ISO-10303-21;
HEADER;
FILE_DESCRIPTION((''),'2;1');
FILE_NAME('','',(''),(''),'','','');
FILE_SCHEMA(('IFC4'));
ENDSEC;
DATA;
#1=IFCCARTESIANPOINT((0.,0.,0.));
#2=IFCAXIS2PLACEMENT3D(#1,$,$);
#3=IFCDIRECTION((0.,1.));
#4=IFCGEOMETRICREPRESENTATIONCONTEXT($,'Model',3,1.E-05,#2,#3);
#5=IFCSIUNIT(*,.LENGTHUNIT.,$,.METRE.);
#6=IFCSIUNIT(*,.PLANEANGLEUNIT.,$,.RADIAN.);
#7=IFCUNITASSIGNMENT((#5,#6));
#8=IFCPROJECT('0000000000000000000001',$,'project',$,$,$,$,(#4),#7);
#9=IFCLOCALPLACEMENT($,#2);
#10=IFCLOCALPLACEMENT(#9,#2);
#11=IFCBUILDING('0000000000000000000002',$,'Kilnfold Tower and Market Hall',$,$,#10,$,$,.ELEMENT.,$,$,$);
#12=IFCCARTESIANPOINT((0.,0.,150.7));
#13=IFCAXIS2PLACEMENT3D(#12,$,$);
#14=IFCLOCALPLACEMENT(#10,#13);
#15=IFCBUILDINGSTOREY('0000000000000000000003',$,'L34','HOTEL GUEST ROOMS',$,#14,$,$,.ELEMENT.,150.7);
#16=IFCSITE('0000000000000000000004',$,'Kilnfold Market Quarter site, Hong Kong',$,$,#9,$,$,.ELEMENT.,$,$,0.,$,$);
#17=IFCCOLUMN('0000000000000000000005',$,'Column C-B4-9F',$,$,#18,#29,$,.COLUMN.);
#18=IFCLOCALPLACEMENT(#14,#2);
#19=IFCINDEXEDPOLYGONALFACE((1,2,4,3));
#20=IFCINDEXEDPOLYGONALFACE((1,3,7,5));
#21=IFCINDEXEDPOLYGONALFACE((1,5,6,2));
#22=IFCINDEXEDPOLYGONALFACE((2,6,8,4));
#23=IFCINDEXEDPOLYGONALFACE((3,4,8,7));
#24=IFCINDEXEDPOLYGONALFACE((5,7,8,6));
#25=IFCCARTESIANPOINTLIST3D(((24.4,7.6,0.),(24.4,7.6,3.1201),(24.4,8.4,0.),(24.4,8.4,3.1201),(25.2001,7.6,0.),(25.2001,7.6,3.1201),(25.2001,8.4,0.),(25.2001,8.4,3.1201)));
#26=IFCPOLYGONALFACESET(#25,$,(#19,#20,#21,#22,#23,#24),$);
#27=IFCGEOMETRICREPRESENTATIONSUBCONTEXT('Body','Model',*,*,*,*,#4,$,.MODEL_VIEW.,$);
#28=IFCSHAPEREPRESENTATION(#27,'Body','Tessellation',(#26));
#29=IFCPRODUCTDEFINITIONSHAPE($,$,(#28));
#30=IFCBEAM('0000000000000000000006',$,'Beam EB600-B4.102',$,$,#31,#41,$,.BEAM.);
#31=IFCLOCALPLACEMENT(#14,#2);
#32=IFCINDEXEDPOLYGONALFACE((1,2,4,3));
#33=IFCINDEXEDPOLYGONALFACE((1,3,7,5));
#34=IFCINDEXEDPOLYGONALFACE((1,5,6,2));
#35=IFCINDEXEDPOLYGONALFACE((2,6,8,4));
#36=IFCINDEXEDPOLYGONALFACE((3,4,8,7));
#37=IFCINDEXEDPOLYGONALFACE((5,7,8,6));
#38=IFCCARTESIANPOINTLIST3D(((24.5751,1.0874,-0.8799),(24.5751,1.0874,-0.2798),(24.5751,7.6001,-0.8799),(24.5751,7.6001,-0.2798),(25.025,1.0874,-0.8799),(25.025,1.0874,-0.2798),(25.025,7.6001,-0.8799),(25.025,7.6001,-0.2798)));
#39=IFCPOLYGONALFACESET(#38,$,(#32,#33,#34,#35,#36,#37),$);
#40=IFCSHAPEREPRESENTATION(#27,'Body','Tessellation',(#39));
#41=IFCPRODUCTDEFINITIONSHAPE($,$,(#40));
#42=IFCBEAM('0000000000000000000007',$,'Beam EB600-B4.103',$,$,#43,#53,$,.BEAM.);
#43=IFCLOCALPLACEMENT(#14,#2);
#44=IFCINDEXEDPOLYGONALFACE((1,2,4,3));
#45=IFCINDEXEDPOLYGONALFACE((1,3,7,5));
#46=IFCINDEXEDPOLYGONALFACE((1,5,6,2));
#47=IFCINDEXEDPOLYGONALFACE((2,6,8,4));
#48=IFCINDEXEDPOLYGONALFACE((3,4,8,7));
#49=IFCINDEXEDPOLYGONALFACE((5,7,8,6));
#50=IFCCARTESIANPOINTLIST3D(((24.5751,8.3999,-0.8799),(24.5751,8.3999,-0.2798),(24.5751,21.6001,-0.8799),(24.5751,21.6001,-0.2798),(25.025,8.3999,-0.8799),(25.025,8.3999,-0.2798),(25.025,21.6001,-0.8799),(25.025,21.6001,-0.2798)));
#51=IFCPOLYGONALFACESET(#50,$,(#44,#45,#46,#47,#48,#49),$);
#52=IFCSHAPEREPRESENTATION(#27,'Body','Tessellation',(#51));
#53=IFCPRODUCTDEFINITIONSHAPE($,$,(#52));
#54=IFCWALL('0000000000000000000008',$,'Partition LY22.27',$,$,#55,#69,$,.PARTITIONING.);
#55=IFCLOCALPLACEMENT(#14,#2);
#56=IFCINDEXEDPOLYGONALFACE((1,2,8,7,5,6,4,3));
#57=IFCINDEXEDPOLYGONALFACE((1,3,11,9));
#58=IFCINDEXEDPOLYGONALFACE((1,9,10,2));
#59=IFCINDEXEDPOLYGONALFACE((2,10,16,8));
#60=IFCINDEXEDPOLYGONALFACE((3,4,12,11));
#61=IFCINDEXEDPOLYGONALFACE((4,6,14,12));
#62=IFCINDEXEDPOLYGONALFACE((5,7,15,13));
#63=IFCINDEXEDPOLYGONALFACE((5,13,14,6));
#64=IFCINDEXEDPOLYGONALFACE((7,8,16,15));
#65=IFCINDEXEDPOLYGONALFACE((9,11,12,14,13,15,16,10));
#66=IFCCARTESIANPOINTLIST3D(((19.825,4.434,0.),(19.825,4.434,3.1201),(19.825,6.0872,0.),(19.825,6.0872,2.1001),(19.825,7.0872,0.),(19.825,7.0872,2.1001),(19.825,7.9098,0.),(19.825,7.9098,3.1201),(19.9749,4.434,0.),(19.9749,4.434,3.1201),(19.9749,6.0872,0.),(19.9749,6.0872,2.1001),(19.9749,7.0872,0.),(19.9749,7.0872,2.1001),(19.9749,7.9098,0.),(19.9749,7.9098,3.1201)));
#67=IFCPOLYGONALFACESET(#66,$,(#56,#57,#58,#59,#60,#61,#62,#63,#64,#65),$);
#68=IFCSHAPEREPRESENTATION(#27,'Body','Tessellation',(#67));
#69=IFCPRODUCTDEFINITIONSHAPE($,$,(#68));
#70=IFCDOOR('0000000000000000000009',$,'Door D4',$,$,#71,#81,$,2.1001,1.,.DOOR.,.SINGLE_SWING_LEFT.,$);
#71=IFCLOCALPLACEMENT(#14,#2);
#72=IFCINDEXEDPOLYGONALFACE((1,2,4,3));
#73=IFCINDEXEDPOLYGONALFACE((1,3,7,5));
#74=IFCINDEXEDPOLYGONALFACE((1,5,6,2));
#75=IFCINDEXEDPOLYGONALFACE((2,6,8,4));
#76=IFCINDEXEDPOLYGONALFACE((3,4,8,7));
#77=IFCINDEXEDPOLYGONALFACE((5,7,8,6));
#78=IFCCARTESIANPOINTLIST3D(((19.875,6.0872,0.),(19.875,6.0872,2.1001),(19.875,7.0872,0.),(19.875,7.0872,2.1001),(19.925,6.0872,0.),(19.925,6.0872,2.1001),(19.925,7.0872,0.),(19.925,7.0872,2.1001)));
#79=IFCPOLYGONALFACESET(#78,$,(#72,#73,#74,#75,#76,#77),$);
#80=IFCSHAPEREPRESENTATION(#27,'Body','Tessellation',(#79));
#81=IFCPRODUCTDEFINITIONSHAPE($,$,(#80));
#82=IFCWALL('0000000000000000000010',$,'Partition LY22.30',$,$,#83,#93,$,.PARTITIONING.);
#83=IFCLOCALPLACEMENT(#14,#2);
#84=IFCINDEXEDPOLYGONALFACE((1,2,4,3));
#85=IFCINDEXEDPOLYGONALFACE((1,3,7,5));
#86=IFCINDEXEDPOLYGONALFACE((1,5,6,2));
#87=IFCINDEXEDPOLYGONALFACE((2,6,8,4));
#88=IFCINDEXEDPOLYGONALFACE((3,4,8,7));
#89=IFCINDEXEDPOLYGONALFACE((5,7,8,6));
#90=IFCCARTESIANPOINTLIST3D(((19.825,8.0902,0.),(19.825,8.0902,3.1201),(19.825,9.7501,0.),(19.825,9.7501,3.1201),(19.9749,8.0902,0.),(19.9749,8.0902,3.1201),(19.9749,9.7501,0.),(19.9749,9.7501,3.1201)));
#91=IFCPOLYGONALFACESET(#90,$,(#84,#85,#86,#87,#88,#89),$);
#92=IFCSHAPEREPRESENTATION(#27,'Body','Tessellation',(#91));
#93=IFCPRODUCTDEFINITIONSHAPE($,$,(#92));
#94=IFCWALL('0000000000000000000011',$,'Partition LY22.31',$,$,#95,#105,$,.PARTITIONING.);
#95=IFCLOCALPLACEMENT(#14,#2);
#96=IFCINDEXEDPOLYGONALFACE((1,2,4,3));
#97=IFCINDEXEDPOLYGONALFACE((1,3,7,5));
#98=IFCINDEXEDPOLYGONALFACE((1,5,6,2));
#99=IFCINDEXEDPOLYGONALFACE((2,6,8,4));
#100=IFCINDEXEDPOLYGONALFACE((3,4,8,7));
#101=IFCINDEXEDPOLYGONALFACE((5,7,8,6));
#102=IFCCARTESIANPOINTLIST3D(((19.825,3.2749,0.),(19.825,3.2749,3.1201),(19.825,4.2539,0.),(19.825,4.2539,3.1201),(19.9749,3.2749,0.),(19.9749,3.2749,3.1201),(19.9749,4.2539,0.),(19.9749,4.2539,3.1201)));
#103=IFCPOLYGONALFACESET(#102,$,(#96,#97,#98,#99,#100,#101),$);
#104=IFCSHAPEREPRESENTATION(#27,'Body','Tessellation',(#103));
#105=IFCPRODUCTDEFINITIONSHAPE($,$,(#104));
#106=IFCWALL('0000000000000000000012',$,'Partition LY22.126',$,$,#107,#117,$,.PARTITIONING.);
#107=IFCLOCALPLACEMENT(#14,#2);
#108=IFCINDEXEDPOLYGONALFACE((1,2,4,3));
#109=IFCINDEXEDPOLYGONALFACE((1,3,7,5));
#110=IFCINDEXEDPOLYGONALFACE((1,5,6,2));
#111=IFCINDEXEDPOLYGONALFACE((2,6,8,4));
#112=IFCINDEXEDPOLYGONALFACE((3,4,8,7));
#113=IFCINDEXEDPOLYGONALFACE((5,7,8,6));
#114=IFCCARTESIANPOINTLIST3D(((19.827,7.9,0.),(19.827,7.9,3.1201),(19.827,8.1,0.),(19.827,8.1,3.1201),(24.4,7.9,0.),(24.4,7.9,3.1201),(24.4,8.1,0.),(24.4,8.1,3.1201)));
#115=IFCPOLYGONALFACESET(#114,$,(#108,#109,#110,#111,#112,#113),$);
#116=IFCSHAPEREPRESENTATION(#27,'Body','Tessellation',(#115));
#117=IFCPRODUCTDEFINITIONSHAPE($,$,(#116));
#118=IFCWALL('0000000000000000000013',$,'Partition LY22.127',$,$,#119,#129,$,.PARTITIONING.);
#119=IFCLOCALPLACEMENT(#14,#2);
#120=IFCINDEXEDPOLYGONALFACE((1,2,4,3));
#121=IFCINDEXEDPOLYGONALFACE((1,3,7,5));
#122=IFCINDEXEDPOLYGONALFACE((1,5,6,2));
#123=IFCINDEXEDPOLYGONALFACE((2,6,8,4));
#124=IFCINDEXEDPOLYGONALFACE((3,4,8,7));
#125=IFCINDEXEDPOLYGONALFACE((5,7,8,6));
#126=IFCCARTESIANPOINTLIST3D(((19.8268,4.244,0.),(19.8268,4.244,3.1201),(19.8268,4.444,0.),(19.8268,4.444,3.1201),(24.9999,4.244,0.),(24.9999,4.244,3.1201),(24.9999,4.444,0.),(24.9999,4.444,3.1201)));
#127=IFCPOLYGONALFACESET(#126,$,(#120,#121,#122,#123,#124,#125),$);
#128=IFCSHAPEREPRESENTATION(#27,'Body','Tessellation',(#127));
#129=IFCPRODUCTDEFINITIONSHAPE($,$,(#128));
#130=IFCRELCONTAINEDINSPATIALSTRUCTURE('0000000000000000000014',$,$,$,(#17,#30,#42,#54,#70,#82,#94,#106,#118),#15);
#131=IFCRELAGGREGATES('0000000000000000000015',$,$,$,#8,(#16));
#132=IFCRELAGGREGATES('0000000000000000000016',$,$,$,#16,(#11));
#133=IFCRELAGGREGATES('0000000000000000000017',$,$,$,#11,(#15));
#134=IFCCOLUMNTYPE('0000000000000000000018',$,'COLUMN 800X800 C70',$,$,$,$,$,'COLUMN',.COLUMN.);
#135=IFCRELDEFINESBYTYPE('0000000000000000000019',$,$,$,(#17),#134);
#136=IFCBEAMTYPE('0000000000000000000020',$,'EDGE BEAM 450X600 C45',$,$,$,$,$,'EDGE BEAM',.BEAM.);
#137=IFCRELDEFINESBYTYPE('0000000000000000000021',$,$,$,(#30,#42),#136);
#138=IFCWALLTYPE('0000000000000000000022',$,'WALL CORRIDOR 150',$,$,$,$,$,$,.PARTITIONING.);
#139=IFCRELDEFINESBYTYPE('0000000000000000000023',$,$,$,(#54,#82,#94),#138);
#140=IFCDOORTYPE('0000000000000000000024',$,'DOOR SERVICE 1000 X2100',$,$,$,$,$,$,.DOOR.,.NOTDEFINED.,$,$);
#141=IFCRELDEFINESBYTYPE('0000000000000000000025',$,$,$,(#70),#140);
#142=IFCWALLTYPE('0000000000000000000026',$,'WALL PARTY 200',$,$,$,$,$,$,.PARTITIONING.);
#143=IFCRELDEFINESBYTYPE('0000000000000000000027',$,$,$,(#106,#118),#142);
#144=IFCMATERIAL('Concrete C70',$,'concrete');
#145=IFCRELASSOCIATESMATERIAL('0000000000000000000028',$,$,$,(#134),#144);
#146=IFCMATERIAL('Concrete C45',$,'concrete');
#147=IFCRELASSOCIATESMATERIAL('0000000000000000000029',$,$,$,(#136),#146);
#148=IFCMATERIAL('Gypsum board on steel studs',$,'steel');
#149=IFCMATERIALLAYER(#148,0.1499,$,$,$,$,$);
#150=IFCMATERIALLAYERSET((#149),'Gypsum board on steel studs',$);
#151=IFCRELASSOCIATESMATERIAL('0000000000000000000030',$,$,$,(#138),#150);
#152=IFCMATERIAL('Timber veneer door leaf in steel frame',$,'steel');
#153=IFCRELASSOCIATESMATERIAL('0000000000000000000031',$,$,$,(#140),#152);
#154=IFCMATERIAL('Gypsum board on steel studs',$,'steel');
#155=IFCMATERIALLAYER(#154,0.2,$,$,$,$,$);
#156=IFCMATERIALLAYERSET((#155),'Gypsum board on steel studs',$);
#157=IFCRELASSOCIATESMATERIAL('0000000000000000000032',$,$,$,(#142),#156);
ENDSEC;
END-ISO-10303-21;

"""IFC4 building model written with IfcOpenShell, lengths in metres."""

from ifc_helpers import new_model, si_unit, direction, frame, frame_2d, origin, origin_2d, place, context, subcontext, project, spatial, rectangle, extrude, source, transform, mapped, material, layer, layer_set, material_profile, profile_set, type_object, element, fill, save


model = new_model("IFC4")

# Units and contexts
model_context = context("Model", 3, precision=1e-05, world=origin(), true_north=direction((0.0, 1.0)))
body_context = subcontext(model_context, "Body", "Model", "MODEL_VIEW")
ifc_project = project(units=[si_unit("LENGTHUNIT", "METRE"), si_unit("PLANEANGLEUNIT", "RADIAN")], contexts=[model_context])

# Site, building, storey
site_placement = place(None, origin())
site = spatial("IfcSite", under=ifc_project, at=site_placement, Name="Kilnfold Market Quarter site, Hong Kong", CompositionType="ELEMENT", RefElevation=0.0)
building_placement = place(site_placement, origin())
building = spatial("IfcBuilding", under=site, at=building_placement, Name="Kilnfold Tower and Market Hall", CompositionType="ELEMENT")
storey_placement = place(building_placement, frame((0.0, 0.0, 150.7)))
storey = spatial("IfcBuildingStorey", under=building, at=storey_placement, Name="L34", Description="HOTEL GUEST ROOMS", CompositionType="ELEMENT", Elevation=150.7)

# Column
ifc_material_1 = material(Name="Concrete C70", Category="concrete")
ifc_material_profile_1 = material_profile(ifc_material_1, rectangle(XDim=0.8, YDim=0.8, at=origin_2d()), Name="RC 800x800")
ifc_profile_set_1 = profile_set([ifc_material_profile_1], Name="Concrete C70")
column_type = type_object("IfcColumnType", Name="COLUMN 800X800 C70", ElementType="COLUMN", PredefinedType="COLUMN", material=ifc_profile_set_1)
shared_shape_1 = source(origin(), body_context, "Body", "SweptSolid", [
    extrude(rectangle(XDim=0.8, YDim=0.8, at=origin_2d()), origin(), (0.0, 0.0, 1.0), 3.1201),
])
column_placement = place(storey_placement, frame((24.8, 8.0, 0.0), z_axis=(0.0, 0.0, 1.0), x_axis=(1.0, 0.0, 0.0)))
element("IfcColumn", 1, at=column_placement, inside=storey, type_object=column_type, Name="Column C-B4-9F", PredefinedType="COLUMN", context=body_context, shape_type="MappedRepresentation", body=[
    mapped(shared_shape_1, transform((0.0, 0.0, 0.0))),
])

# Beams
ifc_material_2 = material(Name="Concrete C45", Category="concrete")
ifc_material_profile_2 = material_profile(ifc_material_2, rectangle(XDim=0.45, YDim=0.6001, at=origin_2d()), Name="RC 450x600")
ifc_profile_set_2 = profile_set([ifc_material_profile_2], Name="Concrete C45")
beam_type = type_object("IfcBeamType", Name="EDGE BEAM 450X600 C45", ElementType="EDGE BEAM", PredefinedType="BEAM", material=ifc_profile_set_2)
shared_shape_2 = source(origin(), body_context, "Body", "SweptSolid", [
    extrude(rectangle(XDim=0.45, YDim=0.6001, at=origin_2d()), origin(), (0.0, 0.0, 1.0), 6.5127),
])
beam_1_placement = place(storey_placement, frame((24.8, 1.0874, -0.5798), z_axis=(0.0, 1.0, 0.0), x_axis=(-1.0, 0.0, 0.0)))
element("IfcBeam", 2, at=beam_1_placement, inside=storey, type_object=beam_type, Name="Beam EB600-B4.102", PredefinedType="BEAM", context=body_context, shape_type="MappedRepresentation", body=[
    mapped(shared_shape_2, transform((0.0, 0.0, 0.0))),
])
shared_shape_3 = source(origin(), body_context, "Body", "SweptSolid", [
    extrude(rectangle(XDim=0.45, YDim=0.6001, at=origin_2d()), origin(), (0.0, 0.0, 1.0), 13.2002),
])
beam_2_placement = place(storey_placement, frame((24.8, 8.3999, -0.5798), z_axis=(0.0, 1.0, 0.0), x_axis=(-1.0, 0.0, 0.0)))
element("IfcBeam", 3, at=beam_2_placement, inside=storey, type_object=beam_type, Name="Beam EB600-B4.103", PredefinedType="BEAM", context=body_context, shape_type="MappedRepresentation", body=[
    mapped(shared_shape_3, transform((0.0, 0.0, 0.0))),
])

# Wall, opening, door
ifc_material_3 = material(Name="Gypsum board on steel studs", Category="steel")
ifc_layer_1 = layer(ifc_material_3, 0.1499)
ifc_layer_set_1 = layer_set([ifc_layer_1], Name="Gypsum board on steel studs")
wall_type_1 = type_object("IfcWallType", Name="WALL CORRIDOR 150", PredefinedType="PARTITIONING", material=ifc_layer_set_1)
wall_1_placement = place(storey_placement, frame((19.8999, 4.4341, 0.0), z_axis=(0.0, 0.0, 1.0), x_axis=(0.0, 1.0, 0.0)))
wall_1 = element("IfcWall", 4, at=wall_1_placement, inside=storey, type_object=wall_type_1, Name="Partition LY22.27", PredefinedType="PARTITIONING", context=body_context, shape_type="SweptSolid", body=[
    extrude(rectangle(XDim=3.4758, YDim=0.1499, at=frame_2d((1.7378, 0.0))), origin(), (0.0, 0.0, 1.0), 3.1201),
])
opening_1_placement = place(wall_1_placement, frame((1.6531, 0.0, 0.0)))
opening_1 = element("IfcOpeningElement", 5, at=opening_1_placement, cuts=wall_1, PredefinedType="OPENING", context=body_context, shape_type="SweptSolid", body=[
    extrude(rectangle(XDim=1.0, YDim=2.1001, at=frame_2d((0.5, 1.05))), frame((0.0, 0.085, 0.0), z_axis=(0.0, -1.0, 0.0), x_axis=(1.0, 0.0, 0.0)), (0.0, 0.0, 1.0), 0.1699),
])
ifc_material_4 = material(Name="Timber veneer door leaf in steel frame", Category="steel")
door_type = type_object("IfcDoorType", Name="DOOR SERVICE 1000 X2100", OperationType="NOTDEFINED", PredefinedType="DOOR", material=ifc_material_4)
door_placement = place(opening_1_placement, origin())
door = element("IfcDoor", 6, at=door_placement, inside=storey, type_object=door_type, Name="Door D4", OperationType="SINGLE_SWING_LEFT", OverallHeight=2.1001, OverallWidth=1.0, PredefinedType="DOOR", context=body_context, shape_type="SweptSolid", body=[
    extrude(rectangle(XDim=1.0, YDim=2.1001, at=frame_2d((0.5, 1.05))), frame((0.0, 0.0249, 0.0), z_axis=(0.0, -1.0, 0.0), x_axis=(1.0, 0.0, 0.0)), (0.0, 0.0, 1.0), 0.05),
])
fill(opening_1, door)

# Walls
wall_2_placement = place(storey_placement, frame((19.8999, 8.0901, 0.0), z_axis=(0.0, 0.0, 1.0), x_axis=(0.0, 1.0, 0.0)))
element("IfcWall", 7, at=wall_2_placement, inside=storey, type_object=wall_type_1, Name="Partition LY22.30", PredefinedType="PARTITIONING", context=body_context, shape_type="SweptSolid", body=[
    extrude(rectangle(XDim=1.6599, YDim=0.1499, at=frame_2d((0.8301, 0.0))), origin(), (0.0, 0.0, 1.0), 3.1201),
])
wall_3_placement = place(storey_placement, frame((19.8999, 3.2749, 0.0), z_axis=(0.0, 0.0, 1.0), x_axis=(0.0, 1.0, 0.0)))
element("IfcWall", 8, at=wall_3_placement, inside=storey, type_object=wall_type_1, Name="Partition LY22.31", PredefinedType="PARTITIONING", context=body_context, shape_type="SweptSolid", body=[
    extrude(rectangle(XDim=0.979, YDim=0.1499, at=frame_2d((0.4895, 0.0))), origin(), (0.0, 0.0, 1.0), 3.1201),
])
ifc_material_5 = material(Name="Gypsum board on steel studs", Category="steel")
ifc_layer_2 = layer(ifc_material_5, 0.2)
ifc_layer_set_2 = layer_set([ifc_layer_2], Name="Gypsum board on steel studs")
wall_type_2 = type_object("IfcWallType", Name="WALL PARTY 200", PredefinedType="PARTITIONING", material=ifc_layer_set_2)
wall_4_placement = place(storey_placement, frame((19.8269, 8.0, 0.0), z_axis=(0.0, 0.0, 1.0), x_axis=(1.0, 0.0, 0.0)))
element("IfcWall", 9, at=wall_4_placement, inside=storey, type_object=wall_type_2, Name="Partition LY22.126", PredefinedType="PARTITIONING", context=body_context, shape_type="SweptSolid", body=[
    extrude(rectangle(XDim=4.573, YDim=0.2, at=frame_2d((2.2866, 0.0))), origin(), (0.0, 0.0, 1.0), 3.1201),
])
wall_5_placement = place(storey_placement, frame((19.8269, 4.344, 0.0), z_axis=(0.0, 0.0, 1.0), x_axis=(1.0, 0.0, 0.0)))
element("IfcWall", 10, at=wall_5_placement, inside=storey, type_object=wall_type_2, Name="Partition LY22.127", PredefinedType="PARTITIONING", context=body_context, shape_type="SweptSolid", body=[
    extrude(rectangle(XDim=5.1731, YDim=0.2, at=frame_2d((2.5864, 0.0))), origin(), (0.0, 0.0, 1.0), 3.1201),
])

save(model, "model.ifc")
